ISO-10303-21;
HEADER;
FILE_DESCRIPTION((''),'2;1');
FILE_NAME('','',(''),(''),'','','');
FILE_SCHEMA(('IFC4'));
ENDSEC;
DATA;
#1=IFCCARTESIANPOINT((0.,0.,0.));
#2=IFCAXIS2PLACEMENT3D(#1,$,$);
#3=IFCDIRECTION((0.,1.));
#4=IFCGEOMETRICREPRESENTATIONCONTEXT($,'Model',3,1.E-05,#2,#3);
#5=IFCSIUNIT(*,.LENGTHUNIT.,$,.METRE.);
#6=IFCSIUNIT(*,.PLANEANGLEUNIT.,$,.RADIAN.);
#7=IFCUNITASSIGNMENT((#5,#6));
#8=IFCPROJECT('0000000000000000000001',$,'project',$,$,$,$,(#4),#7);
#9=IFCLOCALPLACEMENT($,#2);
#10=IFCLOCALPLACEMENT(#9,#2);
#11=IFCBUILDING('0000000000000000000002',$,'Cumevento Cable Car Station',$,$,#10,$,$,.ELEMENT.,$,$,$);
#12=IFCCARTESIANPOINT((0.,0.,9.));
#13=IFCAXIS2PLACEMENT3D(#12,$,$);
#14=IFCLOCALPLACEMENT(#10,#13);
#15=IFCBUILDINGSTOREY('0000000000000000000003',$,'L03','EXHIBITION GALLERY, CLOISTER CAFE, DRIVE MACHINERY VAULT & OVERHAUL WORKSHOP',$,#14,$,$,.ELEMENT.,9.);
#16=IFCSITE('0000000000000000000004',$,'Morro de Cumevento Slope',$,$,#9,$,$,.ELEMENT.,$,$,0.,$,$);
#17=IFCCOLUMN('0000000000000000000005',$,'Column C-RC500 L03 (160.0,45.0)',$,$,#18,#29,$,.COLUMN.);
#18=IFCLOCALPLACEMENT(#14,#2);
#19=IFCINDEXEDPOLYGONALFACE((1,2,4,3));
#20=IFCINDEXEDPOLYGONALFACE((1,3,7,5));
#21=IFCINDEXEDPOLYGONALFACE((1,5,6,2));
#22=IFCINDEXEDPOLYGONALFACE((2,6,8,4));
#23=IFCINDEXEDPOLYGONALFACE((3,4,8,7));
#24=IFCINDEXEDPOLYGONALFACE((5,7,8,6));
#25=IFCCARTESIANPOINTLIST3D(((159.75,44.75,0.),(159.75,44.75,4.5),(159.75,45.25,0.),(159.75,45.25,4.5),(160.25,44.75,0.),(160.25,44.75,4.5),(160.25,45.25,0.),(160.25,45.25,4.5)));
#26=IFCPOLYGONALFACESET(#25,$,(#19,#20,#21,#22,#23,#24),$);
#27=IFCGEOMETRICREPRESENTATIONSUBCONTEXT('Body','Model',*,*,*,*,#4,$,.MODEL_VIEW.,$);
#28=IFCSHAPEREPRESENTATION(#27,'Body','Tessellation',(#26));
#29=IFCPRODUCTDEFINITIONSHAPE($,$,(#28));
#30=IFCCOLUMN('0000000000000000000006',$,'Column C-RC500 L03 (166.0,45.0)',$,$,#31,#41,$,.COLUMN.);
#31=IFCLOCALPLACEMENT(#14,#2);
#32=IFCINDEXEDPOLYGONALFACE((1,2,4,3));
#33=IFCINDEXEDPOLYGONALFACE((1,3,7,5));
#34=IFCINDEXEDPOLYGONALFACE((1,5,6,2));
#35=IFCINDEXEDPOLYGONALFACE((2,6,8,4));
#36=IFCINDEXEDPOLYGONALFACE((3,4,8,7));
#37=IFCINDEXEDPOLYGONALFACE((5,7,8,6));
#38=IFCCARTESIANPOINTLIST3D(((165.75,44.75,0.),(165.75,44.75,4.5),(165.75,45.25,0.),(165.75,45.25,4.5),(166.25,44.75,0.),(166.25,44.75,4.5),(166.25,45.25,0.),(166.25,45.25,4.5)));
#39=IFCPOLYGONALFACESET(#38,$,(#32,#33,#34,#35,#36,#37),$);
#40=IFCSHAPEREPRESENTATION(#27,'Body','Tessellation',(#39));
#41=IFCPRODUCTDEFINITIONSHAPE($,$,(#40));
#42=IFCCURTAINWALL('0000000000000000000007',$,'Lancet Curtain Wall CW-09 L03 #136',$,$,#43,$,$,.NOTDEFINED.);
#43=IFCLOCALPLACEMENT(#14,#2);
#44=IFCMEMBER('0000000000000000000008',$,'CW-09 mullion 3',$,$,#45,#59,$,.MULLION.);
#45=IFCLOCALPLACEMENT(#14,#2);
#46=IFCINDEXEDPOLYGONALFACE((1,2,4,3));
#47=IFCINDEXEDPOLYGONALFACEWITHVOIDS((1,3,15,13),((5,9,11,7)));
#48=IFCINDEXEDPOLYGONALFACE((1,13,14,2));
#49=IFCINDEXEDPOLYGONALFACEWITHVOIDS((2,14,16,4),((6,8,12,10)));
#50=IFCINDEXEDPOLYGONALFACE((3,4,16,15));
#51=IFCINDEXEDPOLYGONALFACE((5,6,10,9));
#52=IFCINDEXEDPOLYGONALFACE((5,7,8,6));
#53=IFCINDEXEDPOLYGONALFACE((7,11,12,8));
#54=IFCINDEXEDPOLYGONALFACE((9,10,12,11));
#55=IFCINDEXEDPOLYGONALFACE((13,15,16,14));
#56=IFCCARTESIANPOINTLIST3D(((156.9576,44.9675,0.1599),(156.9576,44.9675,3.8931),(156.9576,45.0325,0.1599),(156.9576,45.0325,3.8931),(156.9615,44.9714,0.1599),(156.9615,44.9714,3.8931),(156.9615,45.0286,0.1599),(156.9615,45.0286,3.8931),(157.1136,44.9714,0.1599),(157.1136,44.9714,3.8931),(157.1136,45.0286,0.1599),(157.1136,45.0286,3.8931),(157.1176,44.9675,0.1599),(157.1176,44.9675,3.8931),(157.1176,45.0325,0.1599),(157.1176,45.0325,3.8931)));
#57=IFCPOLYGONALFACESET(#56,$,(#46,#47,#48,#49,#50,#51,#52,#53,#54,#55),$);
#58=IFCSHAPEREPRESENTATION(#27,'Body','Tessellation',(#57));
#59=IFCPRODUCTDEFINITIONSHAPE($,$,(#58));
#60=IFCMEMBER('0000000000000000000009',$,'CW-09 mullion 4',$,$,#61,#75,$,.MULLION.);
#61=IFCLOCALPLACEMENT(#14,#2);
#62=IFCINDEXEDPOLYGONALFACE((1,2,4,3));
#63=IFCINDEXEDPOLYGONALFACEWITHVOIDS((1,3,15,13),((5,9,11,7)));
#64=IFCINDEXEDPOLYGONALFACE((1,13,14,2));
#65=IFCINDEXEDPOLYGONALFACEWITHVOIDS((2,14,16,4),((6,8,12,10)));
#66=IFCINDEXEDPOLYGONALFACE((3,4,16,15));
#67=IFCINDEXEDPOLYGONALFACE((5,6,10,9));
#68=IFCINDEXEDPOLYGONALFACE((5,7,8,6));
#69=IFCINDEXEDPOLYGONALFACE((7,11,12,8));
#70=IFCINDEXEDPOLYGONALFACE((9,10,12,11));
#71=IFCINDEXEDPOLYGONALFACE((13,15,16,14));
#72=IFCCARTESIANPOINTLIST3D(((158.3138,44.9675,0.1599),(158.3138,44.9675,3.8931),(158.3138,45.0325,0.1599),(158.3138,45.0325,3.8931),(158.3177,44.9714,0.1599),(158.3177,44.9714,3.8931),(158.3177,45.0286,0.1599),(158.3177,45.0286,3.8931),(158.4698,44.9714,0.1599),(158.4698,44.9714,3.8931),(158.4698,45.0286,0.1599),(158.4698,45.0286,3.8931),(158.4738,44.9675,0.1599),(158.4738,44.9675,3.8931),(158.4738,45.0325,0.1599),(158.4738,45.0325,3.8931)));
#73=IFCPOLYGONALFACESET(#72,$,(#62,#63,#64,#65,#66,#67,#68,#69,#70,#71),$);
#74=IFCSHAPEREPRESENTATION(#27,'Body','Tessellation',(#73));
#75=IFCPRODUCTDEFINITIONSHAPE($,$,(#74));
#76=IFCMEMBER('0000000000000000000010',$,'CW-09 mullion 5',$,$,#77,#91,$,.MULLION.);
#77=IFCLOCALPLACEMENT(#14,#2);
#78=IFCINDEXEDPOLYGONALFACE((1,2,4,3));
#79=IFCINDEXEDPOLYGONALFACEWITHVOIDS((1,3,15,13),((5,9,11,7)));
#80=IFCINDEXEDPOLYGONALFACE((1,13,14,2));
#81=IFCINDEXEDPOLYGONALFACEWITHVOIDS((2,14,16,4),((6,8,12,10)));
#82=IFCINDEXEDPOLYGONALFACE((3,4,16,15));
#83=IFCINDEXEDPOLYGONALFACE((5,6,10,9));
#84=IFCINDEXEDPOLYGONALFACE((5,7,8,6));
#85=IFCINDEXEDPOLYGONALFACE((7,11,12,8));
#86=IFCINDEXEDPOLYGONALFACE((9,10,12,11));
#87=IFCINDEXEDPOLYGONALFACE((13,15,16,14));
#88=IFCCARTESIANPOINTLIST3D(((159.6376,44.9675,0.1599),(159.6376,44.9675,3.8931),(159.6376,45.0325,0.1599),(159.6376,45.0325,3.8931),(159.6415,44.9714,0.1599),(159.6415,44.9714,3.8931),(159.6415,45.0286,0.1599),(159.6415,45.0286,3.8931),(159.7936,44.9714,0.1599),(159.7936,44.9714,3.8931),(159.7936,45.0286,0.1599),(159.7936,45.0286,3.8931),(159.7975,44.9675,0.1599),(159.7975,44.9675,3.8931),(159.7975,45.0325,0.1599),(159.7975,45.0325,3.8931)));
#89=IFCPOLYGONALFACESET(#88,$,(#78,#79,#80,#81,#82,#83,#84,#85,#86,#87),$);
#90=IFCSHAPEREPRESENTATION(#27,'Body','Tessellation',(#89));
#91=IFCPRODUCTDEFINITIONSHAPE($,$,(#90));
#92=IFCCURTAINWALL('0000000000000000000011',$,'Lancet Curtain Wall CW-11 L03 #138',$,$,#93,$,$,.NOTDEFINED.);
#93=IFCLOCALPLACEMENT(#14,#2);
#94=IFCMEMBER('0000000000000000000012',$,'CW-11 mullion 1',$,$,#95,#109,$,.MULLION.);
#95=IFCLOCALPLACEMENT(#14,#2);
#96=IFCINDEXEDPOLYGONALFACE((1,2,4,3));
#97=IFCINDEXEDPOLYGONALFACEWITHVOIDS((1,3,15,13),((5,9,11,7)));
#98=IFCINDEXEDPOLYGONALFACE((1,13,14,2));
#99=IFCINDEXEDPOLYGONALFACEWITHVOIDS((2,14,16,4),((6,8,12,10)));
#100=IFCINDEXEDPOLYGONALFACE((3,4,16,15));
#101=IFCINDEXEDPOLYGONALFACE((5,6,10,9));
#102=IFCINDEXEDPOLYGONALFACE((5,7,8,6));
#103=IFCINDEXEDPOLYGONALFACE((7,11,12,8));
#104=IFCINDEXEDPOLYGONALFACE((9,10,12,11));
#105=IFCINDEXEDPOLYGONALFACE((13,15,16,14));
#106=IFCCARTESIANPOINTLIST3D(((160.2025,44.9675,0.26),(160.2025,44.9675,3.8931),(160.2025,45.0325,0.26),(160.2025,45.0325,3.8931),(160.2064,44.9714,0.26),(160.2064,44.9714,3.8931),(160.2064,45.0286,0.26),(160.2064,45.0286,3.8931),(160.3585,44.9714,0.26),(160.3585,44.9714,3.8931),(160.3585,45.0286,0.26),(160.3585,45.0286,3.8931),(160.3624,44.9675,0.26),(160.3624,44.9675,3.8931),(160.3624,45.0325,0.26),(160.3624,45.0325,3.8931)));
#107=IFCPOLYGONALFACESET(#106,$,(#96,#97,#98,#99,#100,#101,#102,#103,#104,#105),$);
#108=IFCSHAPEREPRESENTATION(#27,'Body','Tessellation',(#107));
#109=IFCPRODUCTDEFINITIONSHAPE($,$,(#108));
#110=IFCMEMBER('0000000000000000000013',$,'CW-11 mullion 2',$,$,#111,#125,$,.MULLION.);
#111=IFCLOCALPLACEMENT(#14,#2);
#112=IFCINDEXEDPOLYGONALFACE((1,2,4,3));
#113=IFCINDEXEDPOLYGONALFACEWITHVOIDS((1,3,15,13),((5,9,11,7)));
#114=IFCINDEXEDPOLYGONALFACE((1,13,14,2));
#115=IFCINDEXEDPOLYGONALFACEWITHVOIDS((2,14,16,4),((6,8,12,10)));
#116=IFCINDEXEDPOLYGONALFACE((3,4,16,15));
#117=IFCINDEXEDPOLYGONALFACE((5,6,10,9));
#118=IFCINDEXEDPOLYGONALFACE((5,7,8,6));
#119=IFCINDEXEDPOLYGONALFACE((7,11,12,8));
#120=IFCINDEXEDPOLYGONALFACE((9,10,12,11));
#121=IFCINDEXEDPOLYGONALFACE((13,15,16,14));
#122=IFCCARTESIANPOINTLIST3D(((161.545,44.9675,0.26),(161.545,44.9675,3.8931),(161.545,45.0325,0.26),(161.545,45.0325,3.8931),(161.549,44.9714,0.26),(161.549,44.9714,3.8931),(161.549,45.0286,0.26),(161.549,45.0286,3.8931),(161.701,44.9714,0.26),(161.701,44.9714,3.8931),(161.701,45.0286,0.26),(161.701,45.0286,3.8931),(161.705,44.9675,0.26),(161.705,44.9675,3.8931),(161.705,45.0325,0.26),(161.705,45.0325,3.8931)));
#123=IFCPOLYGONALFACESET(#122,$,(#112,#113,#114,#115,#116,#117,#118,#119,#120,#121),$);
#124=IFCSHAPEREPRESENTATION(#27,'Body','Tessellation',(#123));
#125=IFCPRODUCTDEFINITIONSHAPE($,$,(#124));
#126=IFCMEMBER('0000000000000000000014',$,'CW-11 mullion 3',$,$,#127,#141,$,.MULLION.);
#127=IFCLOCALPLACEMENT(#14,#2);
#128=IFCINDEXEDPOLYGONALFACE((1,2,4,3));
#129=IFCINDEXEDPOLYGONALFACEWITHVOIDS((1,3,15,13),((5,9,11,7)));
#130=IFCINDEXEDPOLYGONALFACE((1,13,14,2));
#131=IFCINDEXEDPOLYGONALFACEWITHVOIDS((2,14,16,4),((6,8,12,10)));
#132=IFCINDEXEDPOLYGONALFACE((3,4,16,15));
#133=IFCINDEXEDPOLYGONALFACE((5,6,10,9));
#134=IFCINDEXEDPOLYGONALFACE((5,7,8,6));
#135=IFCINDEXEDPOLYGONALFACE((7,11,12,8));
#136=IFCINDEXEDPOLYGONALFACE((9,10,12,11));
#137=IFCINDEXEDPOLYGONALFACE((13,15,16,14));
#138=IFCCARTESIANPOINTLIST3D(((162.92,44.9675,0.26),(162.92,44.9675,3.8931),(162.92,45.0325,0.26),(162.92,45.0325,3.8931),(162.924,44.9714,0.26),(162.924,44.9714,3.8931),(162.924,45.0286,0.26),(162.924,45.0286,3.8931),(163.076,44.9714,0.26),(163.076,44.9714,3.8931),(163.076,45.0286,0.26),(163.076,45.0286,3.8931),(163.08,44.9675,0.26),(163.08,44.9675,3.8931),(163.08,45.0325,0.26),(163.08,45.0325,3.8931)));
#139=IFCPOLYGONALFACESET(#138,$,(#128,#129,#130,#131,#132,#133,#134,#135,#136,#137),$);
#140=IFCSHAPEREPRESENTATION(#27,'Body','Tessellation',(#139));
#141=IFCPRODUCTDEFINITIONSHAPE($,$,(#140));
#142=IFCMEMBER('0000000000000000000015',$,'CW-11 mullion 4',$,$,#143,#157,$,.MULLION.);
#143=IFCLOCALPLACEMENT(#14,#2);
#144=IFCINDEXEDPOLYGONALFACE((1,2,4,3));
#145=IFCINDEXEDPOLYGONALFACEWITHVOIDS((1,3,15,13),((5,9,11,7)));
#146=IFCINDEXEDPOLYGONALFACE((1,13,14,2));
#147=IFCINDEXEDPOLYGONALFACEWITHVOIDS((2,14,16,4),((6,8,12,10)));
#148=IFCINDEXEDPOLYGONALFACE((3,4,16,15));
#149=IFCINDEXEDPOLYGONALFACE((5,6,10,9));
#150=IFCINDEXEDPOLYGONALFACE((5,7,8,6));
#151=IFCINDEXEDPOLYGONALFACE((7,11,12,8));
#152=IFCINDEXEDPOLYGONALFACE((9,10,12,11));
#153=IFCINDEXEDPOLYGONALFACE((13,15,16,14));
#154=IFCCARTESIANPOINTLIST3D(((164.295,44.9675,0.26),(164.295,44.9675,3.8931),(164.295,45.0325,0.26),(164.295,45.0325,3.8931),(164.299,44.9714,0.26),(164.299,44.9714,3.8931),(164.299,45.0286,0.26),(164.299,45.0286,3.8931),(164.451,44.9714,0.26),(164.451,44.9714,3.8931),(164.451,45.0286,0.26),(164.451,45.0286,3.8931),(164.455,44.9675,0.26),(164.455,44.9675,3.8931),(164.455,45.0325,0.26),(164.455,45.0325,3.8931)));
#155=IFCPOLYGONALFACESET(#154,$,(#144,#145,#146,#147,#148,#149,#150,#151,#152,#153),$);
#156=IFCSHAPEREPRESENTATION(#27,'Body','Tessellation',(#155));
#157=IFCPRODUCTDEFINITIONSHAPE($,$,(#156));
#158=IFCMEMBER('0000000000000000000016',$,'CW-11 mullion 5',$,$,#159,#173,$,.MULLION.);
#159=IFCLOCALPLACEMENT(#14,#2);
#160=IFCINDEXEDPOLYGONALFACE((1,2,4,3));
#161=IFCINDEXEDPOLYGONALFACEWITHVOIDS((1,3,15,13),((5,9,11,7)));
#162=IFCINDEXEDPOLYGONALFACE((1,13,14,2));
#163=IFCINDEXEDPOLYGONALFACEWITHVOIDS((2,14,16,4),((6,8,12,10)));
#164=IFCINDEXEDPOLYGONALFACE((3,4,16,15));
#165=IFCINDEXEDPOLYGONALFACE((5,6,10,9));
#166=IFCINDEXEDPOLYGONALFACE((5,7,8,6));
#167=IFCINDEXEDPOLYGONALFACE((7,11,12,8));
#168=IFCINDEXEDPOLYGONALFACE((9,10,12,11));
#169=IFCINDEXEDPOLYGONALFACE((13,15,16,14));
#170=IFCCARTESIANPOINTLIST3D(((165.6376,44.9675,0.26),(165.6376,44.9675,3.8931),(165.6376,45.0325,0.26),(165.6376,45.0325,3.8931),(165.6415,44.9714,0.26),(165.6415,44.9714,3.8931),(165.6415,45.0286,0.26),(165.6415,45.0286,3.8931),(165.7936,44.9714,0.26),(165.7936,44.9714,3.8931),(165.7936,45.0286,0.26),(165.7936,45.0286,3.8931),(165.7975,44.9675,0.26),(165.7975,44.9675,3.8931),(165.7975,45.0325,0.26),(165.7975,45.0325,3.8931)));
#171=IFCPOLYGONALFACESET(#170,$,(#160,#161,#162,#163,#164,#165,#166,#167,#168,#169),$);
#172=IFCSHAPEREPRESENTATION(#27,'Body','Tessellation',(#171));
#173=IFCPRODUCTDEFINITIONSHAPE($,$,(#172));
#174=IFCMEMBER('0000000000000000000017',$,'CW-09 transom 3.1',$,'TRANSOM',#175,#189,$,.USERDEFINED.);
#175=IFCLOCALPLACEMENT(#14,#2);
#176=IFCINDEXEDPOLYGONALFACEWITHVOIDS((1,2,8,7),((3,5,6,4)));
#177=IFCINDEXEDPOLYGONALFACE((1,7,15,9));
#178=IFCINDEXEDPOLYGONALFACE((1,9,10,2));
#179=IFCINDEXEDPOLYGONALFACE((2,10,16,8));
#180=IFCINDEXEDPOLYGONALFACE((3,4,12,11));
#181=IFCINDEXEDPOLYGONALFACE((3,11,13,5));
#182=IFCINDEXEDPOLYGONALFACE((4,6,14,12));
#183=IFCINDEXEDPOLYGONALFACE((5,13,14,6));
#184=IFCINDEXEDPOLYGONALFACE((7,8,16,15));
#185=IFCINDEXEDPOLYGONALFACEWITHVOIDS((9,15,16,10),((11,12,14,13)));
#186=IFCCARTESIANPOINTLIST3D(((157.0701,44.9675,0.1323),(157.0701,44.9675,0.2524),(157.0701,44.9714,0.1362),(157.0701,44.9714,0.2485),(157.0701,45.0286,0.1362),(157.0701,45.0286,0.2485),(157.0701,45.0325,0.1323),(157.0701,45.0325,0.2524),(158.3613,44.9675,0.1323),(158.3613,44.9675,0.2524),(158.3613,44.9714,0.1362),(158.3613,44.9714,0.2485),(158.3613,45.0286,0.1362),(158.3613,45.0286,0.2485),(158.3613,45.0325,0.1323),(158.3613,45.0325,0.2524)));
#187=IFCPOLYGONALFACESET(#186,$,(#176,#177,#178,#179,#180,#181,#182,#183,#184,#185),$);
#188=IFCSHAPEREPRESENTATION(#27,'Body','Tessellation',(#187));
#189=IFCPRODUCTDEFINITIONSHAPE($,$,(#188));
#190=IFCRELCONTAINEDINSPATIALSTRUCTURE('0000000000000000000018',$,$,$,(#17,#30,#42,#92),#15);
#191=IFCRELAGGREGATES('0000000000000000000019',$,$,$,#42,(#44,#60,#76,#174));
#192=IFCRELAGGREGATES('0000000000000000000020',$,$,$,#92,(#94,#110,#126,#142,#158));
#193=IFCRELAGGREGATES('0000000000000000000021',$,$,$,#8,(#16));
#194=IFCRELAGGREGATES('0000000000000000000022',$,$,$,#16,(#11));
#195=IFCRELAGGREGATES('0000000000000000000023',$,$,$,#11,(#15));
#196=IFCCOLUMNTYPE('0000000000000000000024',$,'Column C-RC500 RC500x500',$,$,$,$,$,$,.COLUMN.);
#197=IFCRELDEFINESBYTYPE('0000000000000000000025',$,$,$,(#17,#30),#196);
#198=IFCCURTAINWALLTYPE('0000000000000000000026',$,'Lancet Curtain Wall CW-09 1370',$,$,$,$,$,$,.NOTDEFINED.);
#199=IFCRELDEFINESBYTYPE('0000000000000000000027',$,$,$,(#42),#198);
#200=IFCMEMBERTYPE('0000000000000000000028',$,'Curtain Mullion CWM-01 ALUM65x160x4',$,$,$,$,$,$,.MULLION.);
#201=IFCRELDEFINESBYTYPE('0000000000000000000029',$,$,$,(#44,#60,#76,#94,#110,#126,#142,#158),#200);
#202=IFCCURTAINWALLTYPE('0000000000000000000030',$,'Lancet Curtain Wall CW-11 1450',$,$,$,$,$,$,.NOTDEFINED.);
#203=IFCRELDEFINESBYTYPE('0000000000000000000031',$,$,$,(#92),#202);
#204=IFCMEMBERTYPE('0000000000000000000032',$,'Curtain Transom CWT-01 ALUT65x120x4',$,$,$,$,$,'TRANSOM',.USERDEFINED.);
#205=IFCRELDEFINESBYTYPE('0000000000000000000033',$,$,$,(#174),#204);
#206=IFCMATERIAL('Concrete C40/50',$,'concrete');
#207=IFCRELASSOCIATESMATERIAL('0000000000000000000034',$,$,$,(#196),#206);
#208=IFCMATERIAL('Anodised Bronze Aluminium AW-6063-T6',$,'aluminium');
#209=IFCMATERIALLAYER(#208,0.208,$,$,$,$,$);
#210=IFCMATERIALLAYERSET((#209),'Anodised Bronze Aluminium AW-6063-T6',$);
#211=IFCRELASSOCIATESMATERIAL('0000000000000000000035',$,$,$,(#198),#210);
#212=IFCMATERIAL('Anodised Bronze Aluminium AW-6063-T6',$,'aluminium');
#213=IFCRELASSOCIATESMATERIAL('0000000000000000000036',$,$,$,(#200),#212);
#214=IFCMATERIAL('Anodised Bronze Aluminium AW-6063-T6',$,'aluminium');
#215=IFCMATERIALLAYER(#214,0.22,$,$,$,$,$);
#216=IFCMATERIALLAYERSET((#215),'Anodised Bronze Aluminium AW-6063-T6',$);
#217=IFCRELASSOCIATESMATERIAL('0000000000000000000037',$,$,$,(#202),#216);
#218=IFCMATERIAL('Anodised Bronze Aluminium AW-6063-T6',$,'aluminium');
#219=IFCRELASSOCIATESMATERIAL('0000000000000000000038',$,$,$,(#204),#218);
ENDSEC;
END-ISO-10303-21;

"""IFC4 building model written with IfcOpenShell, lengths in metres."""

from ifc_helpers import new_model, si_unit, direction, frame, origin, origin_2d, place, context, subcontext, project, spatial, rectangle, hollow_rectangle, extrude, material, layer, layer_set, material_profile, profile_set, type_object, element, aggregate, save


model = new_model("IFC4")

# Units and contexts
model_context = context("Model", 3, precision=1e-05, world=origin(), true_north=direction((0.0, 1.0)))
body_context = subcontext(model_context, "Body", "Model", "MODEL_VIEW")
ifc_project = project(units=[si_unit("LENGTHUNIT", "METRE"), si_unit("PLANEANGLEUNIT", "RADIAN")], contexts=[model_context])

# Site, building, storey
site_placement = place(None, origin())
site = spatial("IfcSite", under=ifc_project, at=site_placement, Name="Morro de Cumevento Slope", CompositionType="ELEMENT", RefElevation=0.0)
building_placement = place(site_placement, origin())
building = spatial("IfcBuilding", under=site, at=building_placement, Name="Cumevento Cable Car Station", CompositionType="ELEMENT")
storey_placement = place(building_placement, frame((0.0, 0.0, 9.0)))
storey = spatial("IfcBuildingStorey", under=building, at=storey_placement, Name="L03", Description="EXHIBITION GALLERY, CLOISTER CAFE, DRIVE MACHINERY VAULT & OVERHAUL WORKSHOP", CompositionType="ELEMENT", Elevation=9.0)

# Columns
ifc_material_1 = material(Name="Concrete C40/50", Category="concrete")
ifc_material_profile_1 = material_profile(ifc_material_1, rectangle(XDim=0.5, YDim=0.5, at=origin_2d()), Name="RC500x500")
ifc_profile_set_1 = profile_set([ifc_material_profile_1], Name="Concrete C40/50")
column_type = type_object("IfcColumnType", Name="Column C-RC500 RC500x500", PredefinedType="COLUMN", material=ifc_profile_set_1)
for number, where, z_axis, x_axis, name in (
    (1, (160.0, 45.0, 0.0), (0.0, 0.0, 1.0), (1.0, 0.0, 0.0), "Column C-RC500 L03 (160.0,45.0)"),
    (2, (166.0, 45.0, 0.0), (0.0, 0.0, 1.0), (1.0, 0.0, 0.0), "Column C-RC500 L03 (166.0,45.0)"),
):
    element("IfcColumn", number, at=place(storey_placement, frame(where, z_axis=z_axis, x_axis=x_axis)), inside=storey, type_object=column_type, Name=name, PredefinedType="COLUMN", context=body_context, shape_type="SweptSolid", body=[
        extrude(rectangle(XDim=0.5, YDim=0.5, at=origin_2d()), origin(), (0.0, 0.0, 1.0), 4.5),
    ])

# Curtain walls, members
ifc_material_2 = material(Name="Anodised Bronze Aluminium AW-6063-T6", Category="aluminium")
ifc_layer_1 = layer(ifc_material_2, 0.208)
ifc_layer_set_1 = layer_set([ifc_layer_1], Name="Anodised Bronze Aluminium AW-6063-T6")
curtain_wall_type_1 = type_object("IfcCurtainWallType", Name="Lancet Curtain Wall CW-09 1370", PredefinedType="NOTDEFINED", material=ifc_layer_set_1)
curtain_wall_1_placement = place(storey_placement, origin())
curtain_wall_1 = element("IfcCurtainWall", 3, at=curtain_wall_1_placement, inside=storey, type_object=curtain_wall_type_1, Name="Lancet Curtain Wall CW-09 L03 #136", PredefinedType="NOTDEFINED")
ifc_material_3 = material(Name="Anodised Bronze Aluminium AW-6063-T6", Category="aluminium")
ifc_material_profile_2 = material_profile(ifc_material_3, hollow_rectangle(XDim=0.0649, YDim=0.1599, WallThickness=0.0039, at=origin_2d()), Name="ALUM65x160x4")
ifc_profile_set_2 = profile_set([ifc_material_profile_2], Name="Anodised Bronze Aluminium AW-6063-T6")
member_type_1 = type_object("IfcMemberType", Name="Curtain Mullion CWM-01 ALUM65x160x4", PredefinedType="MULLION", material=ifc_profile_set_2)
member_1_placement = place(storey_placement, frame((157.0376, 45.0, 0.1599), z_axis=(0.0, 0.0, 1.0), x_axis=(0.0, 1.0, 0.0)))
member_1 = element("IfcMember", 4, at=member_1_placement, type_object=member_type_1, Name="CW-09 mullion 3", PredefinedType="MULLION", context=body_context, shape_type="SweptSolid", body=[
    extrude(hollow_rectangle(XDim=0.0649, YDim=0.1599, WallThickness=0.0039, at=origin_2d()), origin(), (0.0, 0.0, 1.0), 3.7332),
])
member_2_placement = place(storey_placement, frame((158.3938, 45.0, 0.1599), z_axis=(0.0, 0.0, 1.0), x_axis=(0.0, 1.0, 0.0)))
member_2 = element("IfcMember", 5, at=member_2_placement, type_object=member_type_1, Name="CW-09 mullion 4", PredefinedType="MULLION", context=body_context, shape_type="SweptSolid", body=[
    extrude(hollow_rectangle(XDim=0.0649, YDim=0.1599, WallThickness=0.0039, at=origin_2d()), origin(), (0.0, 0.0, 1.0), 3.7332),
])
member_3_placement = place(storey_placement, frame((159.7175, 45.0, 0.1599), z_axis=(0.0, 0.0, 1.0), x_axis=(0.0, 1.0, 0.0)))
member_3 = element("IfcMember", 6, at=member_3_placement, type_object=member_type_1, Name="CW-09 mullion 5", PredefinedType="MULLION", context=body_context, shape_type="SweptSolid", body=[
    extrude(hollow_rectangle(XDim=0.0649, YDim=0.1599, WallThickness=0.0039, at=origin_2d()), origin(), (0.0, 0.0, 1.0), 3.7332),
])
ifc_material_4 = material(Name="Anodised Bronze Aluminium AW-6063-T6", Category="aluminium")
ifc_layer_2 = layer(ifc_material_4, 0.22)
ifc_layer_set_2 = layer_set([ifc_layer_2], Name="Anodised Bronze Aluminium AW-6063-T6")
curtain_wall_type_2 = type_object("IfcCurtainWallType", Name="Lancet Curtain Wall CW-11 1450", PredefinedType="NOTDEFINED", material=ifc_layer_set_2)
curtain_wall_2_placement = place(storey_placement, origin())
curtain_wall_2 = element("IfcCurtainWall", 7, at=curtain_wall_2_placement, inside=storey, type_object=curtain_wall_type_2, Name="Lancet Curtain Wall CW-11 L03 #138", PredefinedType="NOTDEFINED")
member_4_placement = place(storey_placement, frame((160.2825, 45.0, 0.26), z_axis=(0.0, 0.0, 1.0), x_axis=(0.0, 1.0, 0.0)))
member_4 = element("IfcMember", 8, at=member_4_placement, type_object=member_type_1, Name="CW-11 mullion 1", PredefinedType="MULLION", context=body_context, shape_type="SweptSolid", body=[
    extrude(hollow_rectangle(XDim=0.0649, YDim=0.1599, WallThickness=0.0039, at=origin_2d()), origin(), (0.0, 0.0, 1.0), 3.6331),
])
member_5_placement = place(storey_placement, frame((161.625, 45.0, 0.26), z_axis=(0.0, 0.0, 1.0), x_axis=(0.0, 1.0, 0.0)))
member_5 = element("IfcMember", 9, at=member_5_placement, type_object=member_type_1, Name="CW-11 mullion 2", PredefinedType="MULLION", context=body_context, shape_type="SweptSolid", body=[
    extrude(hollow_rectangle(XDim=0.0649, YDim=0.1599, WallThickness=0.0039, at=origin_2d()), origin(), (0.0, 0.0, 1.0), 3.6331),
])
member_6_placement = place(storey_placement, frame((163.0, 45.0, 0.26), z_axis=(0.0, 0.0, 1.0), x_axis=(0.0, 1.0, 0.0)))
member_6 = element("IfcMember", 10, at=member_6_placement, type_object=member_type_1, Name="CW-11 mullion 3", PredefinedType="MULLION", context=body_context, shape_type="SweptSolid", body=[
    extrude(hollow_rectangle(XDim=0.0649, YDim=0.1599, WallThickness=0.0039, at=origin_2d()), origin(), (0.0, 0.0, 1.0), 3.6331),
])
member_7_placement = place(storey_placement, frame((164.375, 45.0, 0.26), z_axis=(0.0, 0.0, 1.0), x_axis=(0.0, 1.0, 0.0)))
member_7 = element("IfcMember", 11, at=member_7_placement, type_object=member_type_1, Name="CW-11 mullion 4", PredefinedType="MULLION", context=body_context, shape_type="SweptSolid", body=[
    extrude(hollow_rectangle(XDim=0.0649, YDim=0.1599, WallThickness=0.0039, at=origin_2d()), origin(), (0.0, 0.0, 1.0), 3.6331),
])
member_8_placement = place(storey_placement, frame((165.7175, 45.0, 0.26), z_axis=(0.0, 0.0, 1.0), x_axis=(0.0, 1.0, 0.0)))
member_8 = element("IfcMember", 12, at=member_8_placement, type_object=member_type_1, Name="CW-11 mullion 5", PredefinedType="MULLION", context=body_context, shape_type="SweptSolid", body=[
    extrude(hollow_rectangle(XDim=0.0649, YDim=0.1599, WallThickness=0.0039, at=origin_2d()), origin(), (0.0, 0.0, 1.0), 3.6331),
])

# Member
ifc_material_5 = material(Name="Anodised Bronze Aluminium AW-6063-T6", Category="aluminium")
ifc_material_profile_3 = material_profile(ifc_material_5, hollow_rectangle(XDim=0.0649, YDim=0.1201, WallThickness=0.0039, at=origin_2d()), Name="ALUT65x120x4")
ifc_profile_set_3 = profile_set([ifc_material_profile_3], Name="Anodised Bronze Aluminium AW-6063-T6")
member_type_2 = type_object("IfcMemberType", Name="Curtain Transom CWT-01 ALUT65x120x4", ElementType="TRANSOM", PredefinedType="USERDEFINED", material=ifc_profile_set_3)
member_9_placement = place(storey_placement, frame((157.0701, 45.0, 0.1924), z_axis=(1.0, 0.0, 0.0), x_axis=(0.0, 1.0, 0.0)))
member_9 = element("IfcMember", 13, at=member_9_placement, type_object=member_type_2, Name="CW-09 transom 3.1", ObjectType="TRANSOM", PredefinedType="USERDEFINED", context=body_context, shape_type="SweptSolid", body=[
    extrude(hollow_rectangle(XDim=0.0649, YDim=0.1201, WallThickness=0.0039, at=origin_2d()), origin(), (0.0, 0.0, 1.0), 1.2913),
])

aggregate(curtain_wall_1, [member_1, member_2, member_3, member_9])
aggregate(curtain_wall_2, [member_4, member_5, member_6, member_7, member_8])

save(model, "model.ifc")
